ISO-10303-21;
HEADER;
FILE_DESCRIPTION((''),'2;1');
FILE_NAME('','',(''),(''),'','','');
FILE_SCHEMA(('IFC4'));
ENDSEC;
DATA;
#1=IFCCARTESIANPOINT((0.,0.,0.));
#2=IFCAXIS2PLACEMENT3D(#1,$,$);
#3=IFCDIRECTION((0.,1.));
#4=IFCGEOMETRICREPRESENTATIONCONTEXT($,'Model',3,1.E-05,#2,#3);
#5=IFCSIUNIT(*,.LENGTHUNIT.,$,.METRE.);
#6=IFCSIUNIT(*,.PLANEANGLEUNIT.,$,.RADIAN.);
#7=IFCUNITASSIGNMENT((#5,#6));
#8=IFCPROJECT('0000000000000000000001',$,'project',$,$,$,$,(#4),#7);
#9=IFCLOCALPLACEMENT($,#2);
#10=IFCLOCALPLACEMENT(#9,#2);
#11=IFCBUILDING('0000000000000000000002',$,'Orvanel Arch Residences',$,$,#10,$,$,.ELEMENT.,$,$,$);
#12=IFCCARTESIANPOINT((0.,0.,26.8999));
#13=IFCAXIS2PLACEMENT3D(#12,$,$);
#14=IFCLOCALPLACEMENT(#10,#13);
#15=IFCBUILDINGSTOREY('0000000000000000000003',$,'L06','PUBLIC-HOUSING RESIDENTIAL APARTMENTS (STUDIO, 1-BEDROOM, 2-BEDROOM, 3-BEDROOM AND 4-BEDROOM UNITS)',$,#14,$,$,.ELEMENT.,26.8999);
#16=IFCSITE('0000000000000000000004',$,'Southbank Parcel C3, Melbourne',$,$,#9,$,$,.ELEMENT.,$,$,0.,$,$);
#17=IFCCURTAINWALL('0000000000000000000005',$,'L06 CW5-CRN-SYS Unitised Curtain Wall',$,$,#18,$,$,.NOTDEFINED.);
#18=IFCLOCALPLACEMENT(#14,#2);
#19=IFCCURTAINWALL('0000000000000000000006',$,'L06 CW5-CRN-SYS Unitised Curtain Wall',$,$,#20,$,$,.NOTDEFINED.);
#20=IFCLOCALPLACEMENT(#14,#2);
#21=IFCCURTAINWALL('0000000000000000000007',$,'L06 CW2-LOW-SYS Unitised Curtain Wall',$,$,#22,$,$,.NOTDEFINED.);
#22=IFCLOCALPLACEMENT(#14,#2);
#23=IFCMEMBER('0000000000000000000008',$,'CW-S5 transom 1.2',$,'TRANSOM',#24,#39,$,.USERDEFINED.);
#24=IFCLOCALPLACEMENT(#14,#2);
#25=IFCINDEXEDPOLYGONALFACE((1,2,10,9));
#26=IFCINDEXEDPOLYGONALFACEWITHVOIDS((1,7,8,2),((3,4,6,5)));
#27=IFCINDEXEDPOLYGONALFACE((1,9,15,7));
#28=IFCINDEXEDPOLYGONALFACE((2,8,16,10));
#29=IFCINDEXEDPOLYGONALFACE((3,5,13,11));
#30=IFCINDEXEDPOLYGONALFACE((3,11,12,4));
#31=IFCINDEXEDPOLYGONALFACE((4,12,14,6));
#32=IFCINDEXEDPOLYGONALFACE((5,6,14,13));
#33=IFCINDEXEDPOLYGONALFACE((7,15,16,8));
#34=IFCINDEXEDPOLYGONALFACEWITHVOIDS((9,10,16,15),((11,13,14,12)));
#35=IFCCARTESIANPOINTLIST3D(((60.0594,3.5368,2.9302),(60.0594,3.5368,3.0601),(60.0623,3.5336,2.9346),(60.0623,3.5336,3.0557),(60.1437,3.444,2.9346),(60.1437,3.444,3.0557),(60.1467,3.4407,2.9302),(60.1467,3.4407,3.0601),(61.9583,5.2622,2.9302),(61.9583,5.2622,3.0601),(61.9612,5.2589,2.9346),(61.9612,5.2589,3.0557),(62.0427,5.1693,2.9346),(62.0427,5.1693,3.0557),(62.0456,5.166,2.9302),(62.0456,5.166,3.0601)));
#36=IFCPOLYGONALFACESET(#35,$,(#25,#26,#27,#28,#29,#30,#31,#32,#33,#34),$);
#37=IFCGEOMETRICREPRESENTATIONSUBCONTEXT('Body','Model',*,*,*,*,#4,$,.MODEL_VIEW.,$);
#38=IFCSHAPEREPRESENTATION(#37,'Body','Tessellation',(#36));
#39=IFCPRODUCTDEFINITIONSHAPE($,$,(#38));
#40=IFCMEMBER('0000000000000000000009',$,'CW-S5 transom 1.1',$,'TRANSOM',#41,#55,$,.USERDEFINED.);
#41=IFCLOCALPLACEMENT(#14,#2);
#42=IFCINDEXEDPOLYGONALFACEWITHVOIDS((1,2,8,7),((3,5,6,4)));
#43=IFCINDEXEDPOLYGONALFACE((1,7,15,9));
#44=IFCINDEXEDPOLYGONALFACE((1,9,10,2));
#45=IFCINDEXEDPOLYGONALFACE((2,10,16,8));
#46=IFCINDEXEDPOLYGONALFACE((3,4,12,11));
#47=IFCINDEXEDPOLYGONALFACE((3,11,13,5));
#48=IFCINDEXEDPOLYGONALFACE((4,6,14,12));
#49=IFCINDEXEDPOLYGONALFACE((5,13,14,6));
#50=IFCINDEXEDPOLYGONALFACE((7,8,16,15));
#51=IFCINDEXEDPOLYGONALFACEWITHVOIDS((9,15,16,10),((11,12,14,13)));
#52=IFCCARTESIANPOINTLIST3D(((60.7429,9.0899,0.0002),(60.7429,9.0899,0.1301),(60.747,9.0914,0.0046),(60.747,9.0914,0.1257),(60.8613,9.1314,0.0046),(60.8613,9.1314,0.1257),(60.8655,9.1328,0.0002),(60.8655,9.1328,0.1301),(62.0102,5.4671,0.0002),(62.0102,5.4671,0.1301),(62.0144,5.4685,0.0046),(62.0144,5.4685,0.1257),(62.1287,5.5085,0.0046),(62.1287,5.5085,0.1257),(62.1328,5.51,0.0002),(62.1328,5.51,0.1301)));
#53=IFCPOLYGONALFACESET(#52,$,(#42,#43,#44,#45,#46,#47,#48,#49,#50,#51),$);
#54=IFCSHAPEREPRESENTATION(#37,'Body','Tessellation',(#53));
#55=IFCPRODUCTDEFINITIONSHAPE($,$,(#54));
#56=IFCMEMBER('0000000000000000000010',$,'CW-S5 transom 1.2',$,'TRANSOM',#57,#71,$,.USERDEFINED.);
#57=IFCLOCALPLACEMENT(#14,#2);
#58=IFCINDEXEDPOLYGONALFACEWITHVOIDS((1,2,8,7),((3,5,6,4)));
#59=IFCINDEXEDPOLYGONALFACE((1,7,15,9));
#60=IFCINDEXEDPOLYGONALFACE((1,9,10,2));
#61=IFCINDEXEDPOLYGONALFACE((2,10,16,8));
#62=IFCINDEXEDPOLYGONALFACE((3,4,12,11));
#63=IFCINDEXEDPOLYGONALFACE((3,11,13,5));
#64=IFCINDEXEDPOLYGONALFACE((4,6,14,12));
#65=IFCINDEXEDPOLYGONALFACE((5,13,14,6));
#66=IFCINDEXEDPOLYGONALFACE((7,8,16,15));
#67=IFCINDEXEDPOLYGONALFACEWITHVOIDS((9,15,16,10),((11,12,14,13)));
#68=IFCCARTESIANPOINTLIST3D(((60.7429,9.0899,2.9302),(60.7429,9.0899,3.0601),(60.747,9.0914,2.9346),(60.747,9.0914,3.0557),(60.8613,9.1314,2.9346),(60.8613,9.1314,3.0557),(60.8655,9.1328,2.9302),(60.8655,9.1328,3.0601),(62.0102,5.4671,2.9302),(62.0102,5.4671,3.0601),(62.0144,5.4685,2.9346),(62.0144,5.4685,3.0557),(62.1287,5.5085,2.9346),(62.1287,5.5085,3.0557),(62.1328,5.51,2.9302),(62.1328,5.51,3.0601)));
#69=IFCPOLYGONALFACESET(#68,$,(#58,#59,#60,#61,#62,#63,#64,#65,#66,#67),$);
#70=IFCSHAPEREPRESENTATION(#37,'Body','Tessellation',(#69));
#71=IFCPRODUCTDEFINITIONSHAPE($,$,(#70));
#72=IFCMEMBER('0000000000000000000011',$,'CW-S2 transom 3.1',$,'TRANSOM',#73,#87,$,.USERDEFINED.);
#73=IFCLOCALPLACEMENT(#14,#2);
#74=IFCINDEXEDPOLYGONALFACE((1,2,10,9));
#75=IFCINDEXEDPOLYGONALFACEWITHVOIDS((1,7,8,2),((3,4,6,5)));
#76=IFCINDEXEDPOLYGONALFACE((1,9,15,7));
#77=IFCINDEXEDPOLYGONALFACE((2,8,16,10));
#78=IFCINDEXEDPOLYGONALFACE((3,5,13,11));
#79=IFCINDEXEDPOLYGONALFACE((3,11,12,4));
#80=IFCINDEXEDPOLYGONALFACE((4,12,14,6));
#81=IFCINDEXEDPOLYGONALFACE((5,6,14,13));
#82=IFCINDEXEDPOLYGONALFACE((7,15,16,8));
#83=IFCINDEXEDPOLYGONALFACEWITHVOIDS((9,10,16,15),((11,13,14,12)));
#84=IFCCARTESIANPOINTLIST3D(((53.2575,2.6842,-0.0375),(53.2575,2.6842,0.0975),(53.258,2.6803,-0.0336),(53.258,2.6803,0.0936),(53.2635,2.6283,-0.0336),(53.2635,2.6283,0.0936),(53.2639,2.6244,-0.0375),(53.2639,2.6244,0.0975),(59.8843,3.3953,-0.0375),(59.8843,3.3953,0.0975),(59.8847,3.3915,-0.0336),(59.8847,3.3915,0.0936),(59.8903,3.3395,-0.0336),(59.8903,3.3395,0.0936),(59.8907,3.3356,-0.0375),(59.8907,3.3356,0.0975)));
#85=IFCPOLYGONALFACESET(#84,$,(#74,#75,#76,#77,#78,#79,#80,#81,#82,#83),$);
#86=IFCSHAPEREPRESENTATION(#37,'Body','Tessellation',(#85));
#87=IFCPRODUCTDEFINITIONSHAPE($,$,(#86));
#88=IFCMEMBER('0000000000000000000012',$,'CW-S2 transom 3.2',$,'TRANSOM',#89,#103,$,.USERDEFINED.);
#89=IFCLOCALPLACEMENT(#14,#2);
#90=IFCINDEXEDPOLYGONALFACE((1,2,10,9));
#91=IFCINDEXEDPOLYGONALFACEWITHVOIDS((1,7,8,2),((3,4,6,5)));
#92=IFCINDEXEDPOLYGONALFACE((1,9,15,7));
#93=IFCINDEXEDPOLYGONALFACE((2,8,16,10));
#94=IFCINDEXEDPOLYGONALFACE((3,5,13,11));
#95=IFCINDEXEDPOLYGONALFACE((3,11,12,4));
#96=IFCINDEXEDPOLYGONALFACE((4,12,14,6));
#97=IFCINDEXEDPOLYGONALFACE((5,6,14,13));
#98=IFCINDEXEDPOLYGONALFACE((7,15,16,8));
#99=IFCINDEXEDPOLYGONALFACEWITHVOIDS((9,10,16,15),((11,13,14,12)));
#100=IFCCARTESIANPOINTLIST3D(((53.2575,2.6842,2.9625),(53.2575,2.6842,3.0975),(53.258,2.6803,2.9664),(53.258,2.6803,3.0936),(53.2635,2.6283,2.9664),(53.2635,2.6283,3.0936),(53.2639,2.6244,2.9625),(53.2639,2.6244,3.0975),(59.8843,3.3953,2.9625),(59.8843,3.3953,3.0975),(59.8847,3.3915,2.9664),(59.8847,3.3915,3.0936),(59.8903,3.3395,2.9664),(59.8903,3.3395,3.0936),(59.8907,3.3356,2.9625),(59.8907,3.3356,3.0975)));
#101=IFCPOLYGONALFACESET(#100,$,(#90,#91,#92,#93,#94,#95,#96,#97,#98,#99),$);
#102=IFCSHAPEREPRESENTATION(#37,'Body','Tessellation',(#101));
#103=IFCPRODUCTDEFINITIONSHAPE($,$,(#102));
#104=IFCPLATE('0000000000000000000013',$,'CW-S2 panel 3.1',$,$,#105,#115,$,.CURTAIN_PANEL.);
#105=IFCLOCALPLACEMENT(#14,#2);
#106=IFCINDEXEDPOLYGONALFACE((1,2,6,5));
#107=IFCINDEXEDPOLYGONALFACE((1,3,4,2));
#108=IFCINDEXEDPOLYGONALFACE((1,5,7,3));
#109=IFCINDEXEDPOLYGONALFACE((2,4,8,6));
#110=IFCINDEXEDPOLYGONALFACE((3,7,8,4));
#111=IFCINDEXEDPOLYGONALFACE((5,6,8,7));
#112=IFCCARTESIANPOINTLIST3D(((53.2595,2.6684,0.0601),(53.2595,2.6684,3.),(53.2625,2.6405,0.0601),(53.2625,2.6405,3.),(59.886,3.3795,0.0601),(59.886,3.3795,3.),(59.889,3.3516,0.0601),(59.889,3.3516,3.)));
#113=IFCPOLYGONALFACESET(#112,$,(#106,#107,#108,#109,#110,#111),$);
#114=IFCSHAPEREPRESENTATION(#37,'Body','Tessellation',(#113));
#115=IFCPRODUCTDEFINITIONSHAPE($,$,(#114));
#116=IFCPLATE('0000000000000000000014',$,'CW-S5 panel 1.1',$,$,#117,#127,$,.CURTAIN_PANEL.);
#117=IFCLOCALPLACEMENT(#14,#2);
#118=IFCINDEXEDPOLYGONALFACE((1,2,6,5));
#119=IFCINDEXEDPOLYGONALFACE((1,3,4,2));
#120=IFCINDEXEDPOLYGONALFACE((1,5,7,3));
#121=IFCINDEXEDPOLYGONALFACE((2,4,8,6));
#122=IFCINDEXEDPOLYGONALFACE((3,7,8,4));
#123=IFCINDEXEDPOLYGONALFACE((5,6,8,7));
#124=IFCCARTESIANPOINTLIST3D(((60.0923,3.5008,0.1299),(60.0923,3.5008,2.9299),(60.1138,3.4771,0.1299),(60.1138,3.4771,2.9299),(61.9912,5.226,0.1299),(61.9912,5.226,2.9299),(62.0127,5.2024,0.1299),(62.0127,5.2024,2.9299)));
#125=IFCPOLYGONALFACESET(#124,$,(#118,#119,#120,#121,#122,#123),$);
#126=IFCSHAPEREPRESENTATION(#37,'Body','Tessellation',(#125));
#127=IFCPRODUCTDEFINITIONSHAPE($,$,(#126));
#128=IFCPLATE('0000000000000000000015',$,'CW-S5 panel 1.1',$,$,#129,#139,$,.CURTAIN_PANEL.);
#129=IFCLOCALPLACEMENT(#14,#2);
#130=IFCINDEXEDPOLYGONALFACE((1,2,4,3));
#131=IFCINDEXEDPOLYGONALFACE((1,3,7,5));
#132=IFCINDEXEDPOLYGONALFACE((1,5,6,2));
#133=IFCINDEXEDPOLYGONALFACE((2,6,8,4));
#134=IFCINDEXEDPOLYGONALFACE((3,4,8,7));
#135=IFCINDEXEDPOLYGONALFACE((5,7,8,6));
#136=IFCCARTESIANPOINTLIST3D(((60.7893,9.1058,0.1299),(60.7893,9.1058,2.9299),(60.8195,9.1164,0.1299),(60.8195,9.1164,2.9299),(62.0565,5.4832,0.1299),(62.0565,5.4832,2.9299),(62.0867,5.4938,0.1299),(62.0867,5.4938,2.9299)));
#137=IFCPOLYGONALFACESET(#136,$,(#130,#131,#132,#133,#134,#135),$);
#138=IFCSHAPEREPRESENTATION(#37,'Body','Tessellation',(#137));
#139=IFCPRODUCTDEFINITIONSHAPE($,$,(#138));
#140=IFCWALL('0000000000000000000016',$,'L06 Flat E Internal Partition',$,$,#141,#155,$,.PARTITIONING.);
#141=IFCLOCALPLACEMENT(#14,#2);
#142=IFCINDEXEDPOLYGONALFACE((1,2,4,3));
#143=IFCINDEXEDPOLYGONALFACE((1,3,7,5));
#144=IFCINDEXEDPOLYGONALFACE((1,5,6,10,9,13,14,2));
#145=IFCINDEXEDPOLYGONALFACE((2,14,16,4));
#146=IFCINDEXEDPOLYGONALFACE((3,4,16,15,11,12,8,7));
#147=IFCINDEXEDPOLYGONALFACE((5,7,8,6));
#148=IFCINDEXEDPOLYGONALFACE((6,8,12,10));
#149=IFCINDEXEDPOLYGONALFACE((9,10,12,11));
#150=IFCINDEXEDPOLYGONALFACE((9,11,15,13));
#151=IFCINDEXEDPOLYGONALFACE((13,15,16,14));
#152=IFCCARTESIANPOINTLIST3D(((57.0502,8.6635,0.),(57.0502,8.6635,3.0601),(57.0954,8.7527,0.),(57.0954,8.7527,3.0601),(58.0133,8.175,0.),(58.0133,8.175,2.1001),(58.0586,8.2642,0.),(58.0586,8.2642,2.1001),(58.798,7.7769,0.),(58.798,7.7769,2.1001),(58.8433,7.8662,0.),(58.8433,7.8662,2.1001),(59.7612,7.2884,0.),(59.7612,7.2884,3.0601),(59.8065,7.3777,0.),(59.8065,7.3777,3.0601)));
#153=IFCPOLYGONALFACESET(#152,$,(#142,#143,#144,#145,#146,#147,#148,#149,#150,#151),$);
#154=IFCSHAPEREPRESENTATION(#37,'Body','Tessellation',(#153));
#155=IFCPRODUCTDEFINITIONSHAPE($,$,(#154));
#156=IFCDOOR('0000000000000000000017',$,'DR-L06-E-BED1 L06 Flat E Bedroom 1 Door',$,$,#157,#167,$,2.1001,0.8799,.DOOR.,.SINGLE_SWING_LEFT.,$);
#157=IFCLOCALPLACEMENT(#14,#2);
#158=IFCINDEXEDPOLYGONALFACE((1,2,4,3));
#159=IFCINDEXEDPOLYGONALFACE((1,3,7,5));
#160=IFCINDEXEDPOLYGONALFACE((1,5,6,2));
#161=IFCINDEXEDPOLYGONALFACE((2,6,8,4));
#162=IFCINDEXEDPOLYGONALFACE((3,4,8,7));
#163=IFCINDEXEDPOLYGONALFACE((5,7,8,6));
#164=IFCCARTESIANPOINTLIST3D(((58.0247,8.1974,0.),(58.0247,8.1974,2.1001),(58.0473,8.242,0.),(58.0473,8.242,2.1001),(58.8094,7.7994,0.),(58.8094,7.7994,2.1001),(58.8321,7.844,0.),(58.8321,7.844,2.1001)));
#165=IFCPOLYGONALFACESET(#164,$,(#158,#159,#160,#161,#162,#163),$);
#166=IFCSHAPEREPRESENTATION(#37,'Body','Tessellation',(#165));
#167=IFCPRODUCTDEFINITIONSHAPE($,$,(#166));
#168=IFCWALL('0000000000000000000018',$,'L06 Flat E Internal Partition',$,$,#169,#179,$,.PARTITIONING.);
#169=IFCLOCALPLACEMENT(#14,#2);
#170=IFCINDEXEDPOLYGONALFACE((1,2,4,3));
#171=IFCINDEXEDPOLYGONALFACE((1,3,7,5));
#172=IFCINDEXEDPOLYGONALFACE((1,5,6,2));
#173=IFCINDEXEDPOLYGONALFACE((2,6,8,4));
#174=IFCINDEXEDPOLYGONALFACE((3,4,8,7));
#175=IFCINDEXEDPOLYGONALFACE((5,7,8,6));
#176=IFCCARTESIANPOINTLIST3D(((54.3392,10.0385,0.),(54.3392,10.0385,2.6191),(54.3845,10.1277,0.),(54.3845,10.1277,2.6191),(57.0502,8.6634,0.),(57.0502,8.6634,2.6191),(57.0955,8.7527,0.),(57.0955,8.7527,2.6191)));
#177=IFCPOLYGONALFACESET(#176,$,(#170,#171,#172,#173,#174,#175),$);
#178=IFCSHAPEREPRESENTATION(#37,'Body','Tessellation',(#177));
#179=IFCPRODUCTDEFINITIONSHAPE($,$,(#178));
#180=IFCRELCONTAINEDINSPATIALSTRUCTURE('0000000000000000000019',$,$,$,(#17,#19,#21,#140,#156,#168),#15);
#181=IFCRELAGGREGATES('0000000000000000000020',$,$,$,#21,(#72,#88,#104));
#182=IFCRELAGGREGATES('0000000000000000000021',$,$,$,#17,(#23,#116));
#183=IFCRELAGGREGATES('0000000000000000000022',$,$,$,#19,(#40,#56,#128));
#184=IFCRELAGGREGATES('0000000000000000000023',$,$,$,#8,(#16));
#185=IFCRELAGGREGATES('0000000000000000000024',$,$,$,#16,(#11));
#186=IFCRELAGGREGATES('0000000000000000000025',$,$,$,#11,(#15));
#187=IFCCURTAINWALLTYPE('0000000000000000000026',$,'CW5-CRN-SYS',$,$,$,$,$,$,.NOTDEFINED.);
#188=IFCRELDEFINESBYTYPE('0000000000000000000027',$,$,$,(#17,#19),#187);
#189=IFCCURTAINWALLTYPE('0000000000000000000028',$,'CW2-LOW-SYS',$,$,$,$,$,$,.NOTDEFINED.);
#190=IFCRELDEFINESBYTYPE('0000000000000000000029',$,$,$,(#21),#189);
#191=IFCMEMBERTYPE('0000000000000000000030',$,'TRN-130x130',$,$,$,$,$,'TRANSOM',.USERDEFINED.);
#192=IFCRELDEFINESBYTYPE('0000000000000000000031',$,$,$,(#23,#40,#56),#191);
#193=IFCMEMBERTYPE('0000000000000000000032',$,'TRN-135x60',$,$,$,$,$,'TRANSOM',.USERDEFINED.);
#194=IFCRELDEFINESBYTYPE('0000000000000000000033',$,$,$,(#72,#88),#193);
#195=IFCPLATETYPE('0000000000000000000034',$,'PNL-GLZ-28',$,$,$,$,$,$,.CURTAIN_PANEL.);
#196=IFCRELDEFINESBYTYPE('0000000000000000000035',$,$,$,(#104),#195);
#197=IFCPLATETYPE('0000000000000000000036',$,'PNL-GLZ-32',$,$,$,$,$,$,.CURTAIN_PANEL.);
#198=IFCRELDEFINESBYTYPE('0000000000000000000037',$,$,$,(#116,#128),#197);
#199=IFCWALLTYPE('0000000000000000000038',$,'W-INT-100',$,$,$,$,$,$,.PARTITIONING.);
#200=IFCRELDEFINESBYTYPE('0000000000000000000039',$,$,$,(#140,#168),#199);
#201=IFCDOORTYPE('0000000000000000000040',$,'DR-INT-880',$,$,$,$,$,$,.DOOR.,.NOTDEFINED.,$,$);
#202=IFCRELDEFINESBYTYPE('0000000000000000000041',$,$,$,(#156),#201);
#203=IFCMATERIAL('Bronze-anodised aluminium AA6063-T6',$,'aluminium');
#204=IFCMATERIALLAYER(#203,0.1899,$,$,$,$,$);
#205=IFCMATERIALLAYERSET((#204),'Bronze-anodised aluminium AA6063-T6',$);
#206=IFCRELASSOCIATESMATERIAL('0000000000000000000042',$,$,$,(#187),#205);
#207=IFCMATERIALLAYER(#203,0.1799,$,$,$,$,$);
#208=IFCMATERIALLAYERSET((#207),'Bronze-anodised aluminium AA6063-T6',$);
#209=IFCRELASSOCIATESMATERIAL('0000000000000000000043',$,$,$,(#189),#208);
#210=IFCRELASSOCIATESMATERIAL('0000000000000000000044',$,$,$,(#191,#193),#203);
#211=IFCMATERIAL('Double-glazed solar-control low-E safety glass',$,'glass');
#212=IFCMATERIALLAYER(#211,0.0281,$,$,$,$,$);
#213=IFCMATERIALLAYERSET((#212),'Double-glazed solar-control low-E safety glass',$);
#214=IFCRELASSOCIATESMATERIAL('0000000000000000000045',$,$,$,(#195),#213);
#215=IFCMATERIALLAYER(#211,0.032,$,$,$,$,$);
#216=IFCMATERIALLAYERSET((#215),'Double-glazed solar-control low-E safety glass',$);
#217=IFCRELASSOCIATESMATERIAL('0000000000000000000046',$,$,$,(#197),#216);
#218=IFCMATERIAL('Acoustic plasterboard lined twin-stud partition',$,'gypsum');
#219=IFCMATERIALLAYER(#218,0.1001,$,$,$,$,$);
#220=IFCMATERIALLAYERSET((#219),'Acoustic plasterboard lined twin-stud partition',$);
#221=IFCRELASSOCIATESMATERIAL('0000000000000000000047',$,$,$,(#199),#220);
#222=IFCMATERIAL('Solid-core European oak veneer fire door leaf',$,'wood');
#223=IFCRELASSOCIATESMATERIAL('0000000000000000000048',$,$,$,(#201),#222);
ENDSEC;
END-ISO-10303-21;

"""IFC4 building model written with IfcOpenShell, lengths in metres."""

from ifc_helpers import new_model, si_unit, direction, frame, frame_2d, origin, origin_2d, place, context, subcontext, project, spatial, rectangle, hollow_rectangle, extrude, material, layer, layer_set, material_profile, profile_set, type_object, element, fill, aggregate, save


model = new_model("IFC4")

# Units and contexts
model_context = context("Model", 3, precision=1e-05, world=origin(), true_north=direction((0.0, 1.0)))
body_context = subcontext(model_context, "Body", "Model", "MODEL_VIEW")
ifc_project = project(units=[si_unit("LENGTHUNIT", "METRE"), si_unit("PLANEANGLEUNIT", "RADIAN")], contexts=[model_context])

# Site, building, storey
site_placement = place(None, origin())
site = spatial("IfcSite", under=ifc_project, at=site_placement, Name="Southbank Parcel C3, Melbourne", CompositionType="ELEMENT", RefElevation=0.0)
building_placement = place(site_placement, origin())
building = spatial("IfcBuilding", under=site, at=building_placement, Name="Orvanel Arch Residences", CompositionType="ELEMENT")
storey_placement = place(building_placement, frame((0.0, 0.0, 26.8999)))
storey = spatial("IfcBuildingStorey", under=building, at=storey_placement, Name="L06", Description="PUBLIC-HOUSING RESIDENTIAL APARTMENTS (STUDIO, 1-BEDROOM, 2-BEDROOM, 3-BEDROOM AND 4-BEDROOM UNITS)", CompositionType="ELEMENT", Elevation=26.8999)

# Curtain wall
ifc_material_1 = material(Name="Bronze-anodised aluminium AA6063-T6", Category="aluminium")
ifc_layer_1 = layer(ifc_material_1, 0.1899)
ifc_layer_set_1 = layer_set([ifc_layer_1], Name="Bronze-anodised aluminium AA6063-T6")
curtain_wall_type_1 = type_object("IfcCurtainWallType", Name="CW5-CRN-SYS", PredefinedType="NOTDEFINED", material=ifc_layer_set_1)
curtain_wall_1_placement = place(storey_placement, origin())
curtain_wall_1 = element("IfcCurtainWall", 1, at=curtain_wall_1_placement, inside=storey, type_object=curtain_wall_type_1, Name="L06 CW5-CRN-SYS Unitised Curtain Wall", PredefinedType="NOTDEFINED")

# Curtain wall
curtain_wall_2_placement = place(storey_placement, origin())
curtain_wall_2 = element("IfcCurtainWall", 2, at=curtain_wall_2_placement, inside=storey, type_object=curtain_wall_type_1, Name="L06 CW5-CRN-SYS Unitised Curtain Wall", PredefinedType="NOTDEFINED")

# Curtain wall
ifc_layer_2 = layer(ifc_material_1, 0.1799)
ifc_layer_set_2 = layer_set([ifc_layer_2], Name="Bronze-anodised aluminium AA6063-T6")
curtain_wall_type_2 = type_object("IfcCurtainWallType", Name="CW2-LOW-SYS", PredefinedType="NOTDEFINED", material=ifc_layer_set_2)
curtain_wall_3_placement = place(storey_placement, origin())
curtain_wall_3 = element("IfcCurtainWall", 3, at=curtain_wall_3_placement, inside=storey, type_object=curtain_wall_type_2, Name="L06 CW2-LOW-SYS Unitised Curtain Wall", PredefinedType="NOTDEFINED")

# Members
ifc_material_profile_1 = material_profile(ifc_material_1, hollow_rectangle(XDim=0.1299, YDim=0.1299, WallThickness=0.0044, at=origin_2d()), Name="ALU130x130x4.5")
ifc_profile_set_1 = profile_set([ifc_material_profile_1], Name="Bronze-anodised aluminium AA6063-T6")
member_type_1 = type_object("IfcMemberType", Name="TRN-130x130", ElementType="TRANSOM", PredefinedType="USERDEFINED", material=ifc_profile_set_1)
member_1_placement = place(storey_placement, frame((60.103, 3.4888, 2.9951), z_axis=(0.740125, 0.672469, 0.0), x_axis=(-0.672469, 0.740125, 0.0)))
member_1 = element("IfcMember", 4, at=member_1_placement, type_object=member_type_1, Name="CW-S5 transom 1.2", ObjectType="TRANSOM", PredefinedType="USERDEFINED", context=body_context, shape_type="SweptSolid", body=[
    extrude(hollow_rectangle(XDim=0.1299, YDim=0.1299, WallThickness=0.0044, at=origin_2d()), origin(), (0.0, 0.0, 1.0), 2.5657),
])
member_2_placement = place(storey_placement, frame((62.0715, 5.4885, 0.0652), z_axis=(-0.3302, 0.943911, 0.0), x_axis=(-0.943911, -0.3302, 0.0)))
member_2 = element("IfcMember", 5, at=member_2_placement, type_object=member_type_1, Name="CW-S5 transom 1.1", ObjectType="TRANSOM", PredefinedType="USERDEFINED", context=body_context, shape_type="SweptSolid", body=[
    extrude(hollow_rectangle(XDim=0.1299, YDim=0.1299, WallThickness=0.0044, at=origin_2d()), origin(), (0.0, 0.0, 1.0), 3.8381),
])
member_3_placement = place(storey_placement, frame((62.0715, 5.4885, 2.9951), z_axis=(-0.3302, 0.943911, 0.0), x_axis=(-0.943911, -0.3302, 0.0)))
member_3 = element("IfcMember", 6, at=member_3_placement, type_object=member_type_1, Name="CW-S5 transom 1.2", ObjectType="TRANSOM", PredefinedType="USERDEFINED", context=body_context, shape_type="SweptSolid", body=[
    extrude(hollow_rectangle(XDim=0.1299, YDim=0.1299, WallThickness=0.0044, at=origin_2d()), origin(), (0.0, 0.0, 1.0), 3.8381),
])
ifc_material_profile_2 = material_profile(ifc_material_1, hollow_rectangle(XDim=0.0601, YDim=0.135, WallThickness=0.0039, at=origin_2d()), Name="ALU135x60x4")
ifc_profile_set_2 = profile_set([ifc_material_profile_2], Name="Bronze-anodised aluminium AA6063-T6")
member_type_2 = type_object("IfcMemberType", Name="TRN-135x60", ElementType="TRANSOM", PredefinedType="USERDEFINED", material=ifc_profile_set_2)
member_4_placement = place(storey_placement, frame((53.2607, 2.6543, 0.03), z_axis=(0.99429, 0.106708, 0.0), x_axis=(-0.106708, 0.99429, 0.0)))
member_4 = element("IfcMember", 7, at=member_4_placement, type_object=member_type_2, Name="CW-S2 transom 3.1", ObjectType="TRANSOM", PredefinedType="USERDEFINED", context=body_context, shape_type="SweptSolid", body=[
    extrude(hollow_rectangle(XDim=0.0601, YDim=0.135, WallThickness=0.0039, at=origin_2d()), origin(), (0.0, 0.0, 1.0), 6.6648),
])
member_5_placement = place(storey_placement, frame((53.2607, 2.6543, 3.03), z_axis=(0.99429, 0.106708, 0.0), x_axis=(-0.106708, 0.99429, 0.0)))
member_5 = element("IfcMember", 8, at=member_5_placement, type_object=member_type_2, Name="CW-S2 transom 3.2", ObjectType="TRANSOM", PredefinedType="USERDEFINED", context=body_context, shape_type="SweptSolid", body=[
    extrude(hollow_rectangle(XDim=0.0601, YDim=0.135, WallThickness=0.0039, at=origin_2d()), origin(), (0.0, 0.0, 1.0), 6.6648),
])

# Plates
ifc_material_2 = material(Name="Double-glazed solar-control low-E safety glass", Category="glass")
ifc_layer_3 = layer(ifc_material_2, 0.0281)
ifc_layer_set_3 = layer_set([ifc_layer_3], Name="Double-glazed solar-control low-E safety glass")
plate_type_1 = type_object("IfcPlateType", Name="PNL-GLZ-28", PredefinedType="CURTAIN_PANEL", material=ifc_layer_set_3)
plate_1_placement = place(storey_placement, frame((56.5742, 3.01, 0.0601), z_axis=(0.0, 0.0, 1.0), x_axis=(0.994291, 0.106702, 0.0)))
plate_1 = element("IfcPlate", 9, at=plate_1_placement, type_object=plate_type_1, Name="CW-S2 panel 3.1", PredefinedType="CURTAIN_PANEL", context=body_context, shape_type="SweptSolid", body=[
    extrude(rectangle(XDim=6.6646, YDim=0.0281, at=origin_2d()), origin(), (0.0, 0.0, 1.0), 2.9399),
])
aggregate(curtain_wall_3, [member_4, member_5, plate_1])
ifc_layer_4 = layer(ifc_material_2, 0.032)
ifc_layer_set_4 = layer_set([ifc_layer_4], Name="Double-glazed solar-control low-E safety glass")
plate_type_2 = type_object("IfcPlateType", Name="PNL-GLZ-32", PredefinedType="CURTAIN_PANEL", material=ifc_layer_set_4)
plate_2_placement = place(storey_placement, frame((61.0525, 4.3516, 0.1299), z_axis=(0.0, 0.0, 1.0), x_axis=(0.740145, 0.672447, 0.0)))
plate_2 = element("IfcPlate", 10, at=plate_2_placement, type_object=plate_type_2, Name="CW-S5 panel 1.1", PredefinedType="CURTAIN_PANEL", context=body_context, shape_type="SweptSolid", body=[
    extrude(rectangle(XDim=2.5657, YDim=0.032, at=origin_2d()), origin(), (0.0, 0.0, 1.0), 2.8),
])
aggregate(curtain_wall_1, [member_1, plate_2])
plate_3_placement = place(storey_placement, frame((61.438, 7.2998, 0.1299), z_axis=(0.0, 0.0, 1.0), x_axis=(-0.330186, 0.943916, 0.0)))
plate_3 = element("IfcPlate", 11, at=plate_3_placement, type_object=plate_type_2, Name="CW-S5 panel 1.1", PredefinedType="CURTAIN_PANEL", context=body_context, shape_type="SweptSolid", body=[
    extrude(rectangle(XDim=3.8379, YDim=0.032, at=origin_2d()), origin(), (0.0, 0.0, 1.0), 2.8),
])
aggregate(curtain_wall_2, [member_2, member_3, plate_3])

# Wall, opening, door
ifc_material_3 = material(Name="Acoustic plasterboard lined twin-stud partition", Category="gypsum")
ifc_layer_5 = layer(ifc_material_3, 0.1001)
ifc_layer_set_5 = layer_set([ifc_layer_5], Name="Acoustic plasterboard lined twin-stud partition")
wall_type_1 = type_object("IfcWallType", Name="W-INT-100", PredefinedType="PARTITIONING", material=ifc_layer_set_5)
wall_1_placement = place(storey_placement, frame((59.7839, 7.333, 0.0), z_axis=(0.0, 0.0, 1.0), x_axis=(-0.891842, 0.452347, 0.0)))
wall_1 = element("IfcWall", 12, at=wall_1_placement, inside=storey, type_object=wall_type_1, Name="L06 Flat E Internal Partition", PredefinedType="PARTITIONING", context=body_context, shape_type="SweptSolid", body=[
    extrude(rectangle(XDim=3.0398, YDim=0.1001, at=frame_2d((1.52, 0.0))), origin(), (0.0, 0.0, 1.0), 3.0601),
])
opening_1_placement = place(wall_1_placement, frame((1.0801, 0.0, 0.0)))
opening_1 = element("IfcOpeningElement", 13, at=opening_1_placement, cuts=wall_1, PredefinedType="OPENING", context=body_context, shape_type="SweptSolid", body=[
    extrude(rectangle(XDim=0.8799, YDim=2.1001, at=frame_2d((0.4399, 1.05))), frame((0.0, 0.0601, 0.0), z_axis=(0.0, -1.0, 0.0), x_axis=(1.0, 0.0, 0.0)), (0.0, 0.0, 1.0), 0.1201),
])
ifc_material_4 = material(Name="Solid-core European oak veneer fire door leaf", Category="wood")
door_type = type_object("IfcDoorType", Name="DR-INT-880", OperationType="NOTDEFINED", PredefinedType="DOOR", material=ifc_material_4)
door_1_placement = place(opening_1_placement, origin())
door_1 = element("IfcDoor", 14, at=door_1_placement, inside=storey, type_object=door_type, Name="DR-L06-E-BED1 L06 Flat E Bedroom 1 Door", OperationType="SINGLE_SWING_LEFT", OverallHeight=2.1001, OverallWidth=0.8799, PredefinedType="DOOR", context=body_context, shape_type="SweptSolid", body=[
    extrude(rectangle(XDim=0.8799, YDim=2.1001, at=frame_2d((0.4399, 1.05))), frame((0.0, 0.0249, 0.0), z_axis=(0.0, -1.0, 0.0), x_axis=(1.0, 0.0, 0.0)), (0.0, 0.0, 1.0), 0.05),
])
fill(opening_1, door_1)

# Wall
wall_2_placement = place(storey_placement, frame((57.073, 8.708, 0.0), z_axis=(0.0, 0.0, 1.0), x_axis=(-0.891842, 0.452347, 0.0)))
element("IfcWall", 15, at=wall_2_placement, inside=storey, type_object=wall_type_1, Name="L06 Flat E Internal Partition", PredefinedType="PARTITIONING", context=body_context, shape_type="SweptSolid", body=[
    extrude(rectangle(XDim=3.0398, YDim=0.1001, at=frame_2d((1.52, 0.0))), origin(), (0.0, 0.0, 1.0), 2.6191),
])

save(model, "model.ifc")
